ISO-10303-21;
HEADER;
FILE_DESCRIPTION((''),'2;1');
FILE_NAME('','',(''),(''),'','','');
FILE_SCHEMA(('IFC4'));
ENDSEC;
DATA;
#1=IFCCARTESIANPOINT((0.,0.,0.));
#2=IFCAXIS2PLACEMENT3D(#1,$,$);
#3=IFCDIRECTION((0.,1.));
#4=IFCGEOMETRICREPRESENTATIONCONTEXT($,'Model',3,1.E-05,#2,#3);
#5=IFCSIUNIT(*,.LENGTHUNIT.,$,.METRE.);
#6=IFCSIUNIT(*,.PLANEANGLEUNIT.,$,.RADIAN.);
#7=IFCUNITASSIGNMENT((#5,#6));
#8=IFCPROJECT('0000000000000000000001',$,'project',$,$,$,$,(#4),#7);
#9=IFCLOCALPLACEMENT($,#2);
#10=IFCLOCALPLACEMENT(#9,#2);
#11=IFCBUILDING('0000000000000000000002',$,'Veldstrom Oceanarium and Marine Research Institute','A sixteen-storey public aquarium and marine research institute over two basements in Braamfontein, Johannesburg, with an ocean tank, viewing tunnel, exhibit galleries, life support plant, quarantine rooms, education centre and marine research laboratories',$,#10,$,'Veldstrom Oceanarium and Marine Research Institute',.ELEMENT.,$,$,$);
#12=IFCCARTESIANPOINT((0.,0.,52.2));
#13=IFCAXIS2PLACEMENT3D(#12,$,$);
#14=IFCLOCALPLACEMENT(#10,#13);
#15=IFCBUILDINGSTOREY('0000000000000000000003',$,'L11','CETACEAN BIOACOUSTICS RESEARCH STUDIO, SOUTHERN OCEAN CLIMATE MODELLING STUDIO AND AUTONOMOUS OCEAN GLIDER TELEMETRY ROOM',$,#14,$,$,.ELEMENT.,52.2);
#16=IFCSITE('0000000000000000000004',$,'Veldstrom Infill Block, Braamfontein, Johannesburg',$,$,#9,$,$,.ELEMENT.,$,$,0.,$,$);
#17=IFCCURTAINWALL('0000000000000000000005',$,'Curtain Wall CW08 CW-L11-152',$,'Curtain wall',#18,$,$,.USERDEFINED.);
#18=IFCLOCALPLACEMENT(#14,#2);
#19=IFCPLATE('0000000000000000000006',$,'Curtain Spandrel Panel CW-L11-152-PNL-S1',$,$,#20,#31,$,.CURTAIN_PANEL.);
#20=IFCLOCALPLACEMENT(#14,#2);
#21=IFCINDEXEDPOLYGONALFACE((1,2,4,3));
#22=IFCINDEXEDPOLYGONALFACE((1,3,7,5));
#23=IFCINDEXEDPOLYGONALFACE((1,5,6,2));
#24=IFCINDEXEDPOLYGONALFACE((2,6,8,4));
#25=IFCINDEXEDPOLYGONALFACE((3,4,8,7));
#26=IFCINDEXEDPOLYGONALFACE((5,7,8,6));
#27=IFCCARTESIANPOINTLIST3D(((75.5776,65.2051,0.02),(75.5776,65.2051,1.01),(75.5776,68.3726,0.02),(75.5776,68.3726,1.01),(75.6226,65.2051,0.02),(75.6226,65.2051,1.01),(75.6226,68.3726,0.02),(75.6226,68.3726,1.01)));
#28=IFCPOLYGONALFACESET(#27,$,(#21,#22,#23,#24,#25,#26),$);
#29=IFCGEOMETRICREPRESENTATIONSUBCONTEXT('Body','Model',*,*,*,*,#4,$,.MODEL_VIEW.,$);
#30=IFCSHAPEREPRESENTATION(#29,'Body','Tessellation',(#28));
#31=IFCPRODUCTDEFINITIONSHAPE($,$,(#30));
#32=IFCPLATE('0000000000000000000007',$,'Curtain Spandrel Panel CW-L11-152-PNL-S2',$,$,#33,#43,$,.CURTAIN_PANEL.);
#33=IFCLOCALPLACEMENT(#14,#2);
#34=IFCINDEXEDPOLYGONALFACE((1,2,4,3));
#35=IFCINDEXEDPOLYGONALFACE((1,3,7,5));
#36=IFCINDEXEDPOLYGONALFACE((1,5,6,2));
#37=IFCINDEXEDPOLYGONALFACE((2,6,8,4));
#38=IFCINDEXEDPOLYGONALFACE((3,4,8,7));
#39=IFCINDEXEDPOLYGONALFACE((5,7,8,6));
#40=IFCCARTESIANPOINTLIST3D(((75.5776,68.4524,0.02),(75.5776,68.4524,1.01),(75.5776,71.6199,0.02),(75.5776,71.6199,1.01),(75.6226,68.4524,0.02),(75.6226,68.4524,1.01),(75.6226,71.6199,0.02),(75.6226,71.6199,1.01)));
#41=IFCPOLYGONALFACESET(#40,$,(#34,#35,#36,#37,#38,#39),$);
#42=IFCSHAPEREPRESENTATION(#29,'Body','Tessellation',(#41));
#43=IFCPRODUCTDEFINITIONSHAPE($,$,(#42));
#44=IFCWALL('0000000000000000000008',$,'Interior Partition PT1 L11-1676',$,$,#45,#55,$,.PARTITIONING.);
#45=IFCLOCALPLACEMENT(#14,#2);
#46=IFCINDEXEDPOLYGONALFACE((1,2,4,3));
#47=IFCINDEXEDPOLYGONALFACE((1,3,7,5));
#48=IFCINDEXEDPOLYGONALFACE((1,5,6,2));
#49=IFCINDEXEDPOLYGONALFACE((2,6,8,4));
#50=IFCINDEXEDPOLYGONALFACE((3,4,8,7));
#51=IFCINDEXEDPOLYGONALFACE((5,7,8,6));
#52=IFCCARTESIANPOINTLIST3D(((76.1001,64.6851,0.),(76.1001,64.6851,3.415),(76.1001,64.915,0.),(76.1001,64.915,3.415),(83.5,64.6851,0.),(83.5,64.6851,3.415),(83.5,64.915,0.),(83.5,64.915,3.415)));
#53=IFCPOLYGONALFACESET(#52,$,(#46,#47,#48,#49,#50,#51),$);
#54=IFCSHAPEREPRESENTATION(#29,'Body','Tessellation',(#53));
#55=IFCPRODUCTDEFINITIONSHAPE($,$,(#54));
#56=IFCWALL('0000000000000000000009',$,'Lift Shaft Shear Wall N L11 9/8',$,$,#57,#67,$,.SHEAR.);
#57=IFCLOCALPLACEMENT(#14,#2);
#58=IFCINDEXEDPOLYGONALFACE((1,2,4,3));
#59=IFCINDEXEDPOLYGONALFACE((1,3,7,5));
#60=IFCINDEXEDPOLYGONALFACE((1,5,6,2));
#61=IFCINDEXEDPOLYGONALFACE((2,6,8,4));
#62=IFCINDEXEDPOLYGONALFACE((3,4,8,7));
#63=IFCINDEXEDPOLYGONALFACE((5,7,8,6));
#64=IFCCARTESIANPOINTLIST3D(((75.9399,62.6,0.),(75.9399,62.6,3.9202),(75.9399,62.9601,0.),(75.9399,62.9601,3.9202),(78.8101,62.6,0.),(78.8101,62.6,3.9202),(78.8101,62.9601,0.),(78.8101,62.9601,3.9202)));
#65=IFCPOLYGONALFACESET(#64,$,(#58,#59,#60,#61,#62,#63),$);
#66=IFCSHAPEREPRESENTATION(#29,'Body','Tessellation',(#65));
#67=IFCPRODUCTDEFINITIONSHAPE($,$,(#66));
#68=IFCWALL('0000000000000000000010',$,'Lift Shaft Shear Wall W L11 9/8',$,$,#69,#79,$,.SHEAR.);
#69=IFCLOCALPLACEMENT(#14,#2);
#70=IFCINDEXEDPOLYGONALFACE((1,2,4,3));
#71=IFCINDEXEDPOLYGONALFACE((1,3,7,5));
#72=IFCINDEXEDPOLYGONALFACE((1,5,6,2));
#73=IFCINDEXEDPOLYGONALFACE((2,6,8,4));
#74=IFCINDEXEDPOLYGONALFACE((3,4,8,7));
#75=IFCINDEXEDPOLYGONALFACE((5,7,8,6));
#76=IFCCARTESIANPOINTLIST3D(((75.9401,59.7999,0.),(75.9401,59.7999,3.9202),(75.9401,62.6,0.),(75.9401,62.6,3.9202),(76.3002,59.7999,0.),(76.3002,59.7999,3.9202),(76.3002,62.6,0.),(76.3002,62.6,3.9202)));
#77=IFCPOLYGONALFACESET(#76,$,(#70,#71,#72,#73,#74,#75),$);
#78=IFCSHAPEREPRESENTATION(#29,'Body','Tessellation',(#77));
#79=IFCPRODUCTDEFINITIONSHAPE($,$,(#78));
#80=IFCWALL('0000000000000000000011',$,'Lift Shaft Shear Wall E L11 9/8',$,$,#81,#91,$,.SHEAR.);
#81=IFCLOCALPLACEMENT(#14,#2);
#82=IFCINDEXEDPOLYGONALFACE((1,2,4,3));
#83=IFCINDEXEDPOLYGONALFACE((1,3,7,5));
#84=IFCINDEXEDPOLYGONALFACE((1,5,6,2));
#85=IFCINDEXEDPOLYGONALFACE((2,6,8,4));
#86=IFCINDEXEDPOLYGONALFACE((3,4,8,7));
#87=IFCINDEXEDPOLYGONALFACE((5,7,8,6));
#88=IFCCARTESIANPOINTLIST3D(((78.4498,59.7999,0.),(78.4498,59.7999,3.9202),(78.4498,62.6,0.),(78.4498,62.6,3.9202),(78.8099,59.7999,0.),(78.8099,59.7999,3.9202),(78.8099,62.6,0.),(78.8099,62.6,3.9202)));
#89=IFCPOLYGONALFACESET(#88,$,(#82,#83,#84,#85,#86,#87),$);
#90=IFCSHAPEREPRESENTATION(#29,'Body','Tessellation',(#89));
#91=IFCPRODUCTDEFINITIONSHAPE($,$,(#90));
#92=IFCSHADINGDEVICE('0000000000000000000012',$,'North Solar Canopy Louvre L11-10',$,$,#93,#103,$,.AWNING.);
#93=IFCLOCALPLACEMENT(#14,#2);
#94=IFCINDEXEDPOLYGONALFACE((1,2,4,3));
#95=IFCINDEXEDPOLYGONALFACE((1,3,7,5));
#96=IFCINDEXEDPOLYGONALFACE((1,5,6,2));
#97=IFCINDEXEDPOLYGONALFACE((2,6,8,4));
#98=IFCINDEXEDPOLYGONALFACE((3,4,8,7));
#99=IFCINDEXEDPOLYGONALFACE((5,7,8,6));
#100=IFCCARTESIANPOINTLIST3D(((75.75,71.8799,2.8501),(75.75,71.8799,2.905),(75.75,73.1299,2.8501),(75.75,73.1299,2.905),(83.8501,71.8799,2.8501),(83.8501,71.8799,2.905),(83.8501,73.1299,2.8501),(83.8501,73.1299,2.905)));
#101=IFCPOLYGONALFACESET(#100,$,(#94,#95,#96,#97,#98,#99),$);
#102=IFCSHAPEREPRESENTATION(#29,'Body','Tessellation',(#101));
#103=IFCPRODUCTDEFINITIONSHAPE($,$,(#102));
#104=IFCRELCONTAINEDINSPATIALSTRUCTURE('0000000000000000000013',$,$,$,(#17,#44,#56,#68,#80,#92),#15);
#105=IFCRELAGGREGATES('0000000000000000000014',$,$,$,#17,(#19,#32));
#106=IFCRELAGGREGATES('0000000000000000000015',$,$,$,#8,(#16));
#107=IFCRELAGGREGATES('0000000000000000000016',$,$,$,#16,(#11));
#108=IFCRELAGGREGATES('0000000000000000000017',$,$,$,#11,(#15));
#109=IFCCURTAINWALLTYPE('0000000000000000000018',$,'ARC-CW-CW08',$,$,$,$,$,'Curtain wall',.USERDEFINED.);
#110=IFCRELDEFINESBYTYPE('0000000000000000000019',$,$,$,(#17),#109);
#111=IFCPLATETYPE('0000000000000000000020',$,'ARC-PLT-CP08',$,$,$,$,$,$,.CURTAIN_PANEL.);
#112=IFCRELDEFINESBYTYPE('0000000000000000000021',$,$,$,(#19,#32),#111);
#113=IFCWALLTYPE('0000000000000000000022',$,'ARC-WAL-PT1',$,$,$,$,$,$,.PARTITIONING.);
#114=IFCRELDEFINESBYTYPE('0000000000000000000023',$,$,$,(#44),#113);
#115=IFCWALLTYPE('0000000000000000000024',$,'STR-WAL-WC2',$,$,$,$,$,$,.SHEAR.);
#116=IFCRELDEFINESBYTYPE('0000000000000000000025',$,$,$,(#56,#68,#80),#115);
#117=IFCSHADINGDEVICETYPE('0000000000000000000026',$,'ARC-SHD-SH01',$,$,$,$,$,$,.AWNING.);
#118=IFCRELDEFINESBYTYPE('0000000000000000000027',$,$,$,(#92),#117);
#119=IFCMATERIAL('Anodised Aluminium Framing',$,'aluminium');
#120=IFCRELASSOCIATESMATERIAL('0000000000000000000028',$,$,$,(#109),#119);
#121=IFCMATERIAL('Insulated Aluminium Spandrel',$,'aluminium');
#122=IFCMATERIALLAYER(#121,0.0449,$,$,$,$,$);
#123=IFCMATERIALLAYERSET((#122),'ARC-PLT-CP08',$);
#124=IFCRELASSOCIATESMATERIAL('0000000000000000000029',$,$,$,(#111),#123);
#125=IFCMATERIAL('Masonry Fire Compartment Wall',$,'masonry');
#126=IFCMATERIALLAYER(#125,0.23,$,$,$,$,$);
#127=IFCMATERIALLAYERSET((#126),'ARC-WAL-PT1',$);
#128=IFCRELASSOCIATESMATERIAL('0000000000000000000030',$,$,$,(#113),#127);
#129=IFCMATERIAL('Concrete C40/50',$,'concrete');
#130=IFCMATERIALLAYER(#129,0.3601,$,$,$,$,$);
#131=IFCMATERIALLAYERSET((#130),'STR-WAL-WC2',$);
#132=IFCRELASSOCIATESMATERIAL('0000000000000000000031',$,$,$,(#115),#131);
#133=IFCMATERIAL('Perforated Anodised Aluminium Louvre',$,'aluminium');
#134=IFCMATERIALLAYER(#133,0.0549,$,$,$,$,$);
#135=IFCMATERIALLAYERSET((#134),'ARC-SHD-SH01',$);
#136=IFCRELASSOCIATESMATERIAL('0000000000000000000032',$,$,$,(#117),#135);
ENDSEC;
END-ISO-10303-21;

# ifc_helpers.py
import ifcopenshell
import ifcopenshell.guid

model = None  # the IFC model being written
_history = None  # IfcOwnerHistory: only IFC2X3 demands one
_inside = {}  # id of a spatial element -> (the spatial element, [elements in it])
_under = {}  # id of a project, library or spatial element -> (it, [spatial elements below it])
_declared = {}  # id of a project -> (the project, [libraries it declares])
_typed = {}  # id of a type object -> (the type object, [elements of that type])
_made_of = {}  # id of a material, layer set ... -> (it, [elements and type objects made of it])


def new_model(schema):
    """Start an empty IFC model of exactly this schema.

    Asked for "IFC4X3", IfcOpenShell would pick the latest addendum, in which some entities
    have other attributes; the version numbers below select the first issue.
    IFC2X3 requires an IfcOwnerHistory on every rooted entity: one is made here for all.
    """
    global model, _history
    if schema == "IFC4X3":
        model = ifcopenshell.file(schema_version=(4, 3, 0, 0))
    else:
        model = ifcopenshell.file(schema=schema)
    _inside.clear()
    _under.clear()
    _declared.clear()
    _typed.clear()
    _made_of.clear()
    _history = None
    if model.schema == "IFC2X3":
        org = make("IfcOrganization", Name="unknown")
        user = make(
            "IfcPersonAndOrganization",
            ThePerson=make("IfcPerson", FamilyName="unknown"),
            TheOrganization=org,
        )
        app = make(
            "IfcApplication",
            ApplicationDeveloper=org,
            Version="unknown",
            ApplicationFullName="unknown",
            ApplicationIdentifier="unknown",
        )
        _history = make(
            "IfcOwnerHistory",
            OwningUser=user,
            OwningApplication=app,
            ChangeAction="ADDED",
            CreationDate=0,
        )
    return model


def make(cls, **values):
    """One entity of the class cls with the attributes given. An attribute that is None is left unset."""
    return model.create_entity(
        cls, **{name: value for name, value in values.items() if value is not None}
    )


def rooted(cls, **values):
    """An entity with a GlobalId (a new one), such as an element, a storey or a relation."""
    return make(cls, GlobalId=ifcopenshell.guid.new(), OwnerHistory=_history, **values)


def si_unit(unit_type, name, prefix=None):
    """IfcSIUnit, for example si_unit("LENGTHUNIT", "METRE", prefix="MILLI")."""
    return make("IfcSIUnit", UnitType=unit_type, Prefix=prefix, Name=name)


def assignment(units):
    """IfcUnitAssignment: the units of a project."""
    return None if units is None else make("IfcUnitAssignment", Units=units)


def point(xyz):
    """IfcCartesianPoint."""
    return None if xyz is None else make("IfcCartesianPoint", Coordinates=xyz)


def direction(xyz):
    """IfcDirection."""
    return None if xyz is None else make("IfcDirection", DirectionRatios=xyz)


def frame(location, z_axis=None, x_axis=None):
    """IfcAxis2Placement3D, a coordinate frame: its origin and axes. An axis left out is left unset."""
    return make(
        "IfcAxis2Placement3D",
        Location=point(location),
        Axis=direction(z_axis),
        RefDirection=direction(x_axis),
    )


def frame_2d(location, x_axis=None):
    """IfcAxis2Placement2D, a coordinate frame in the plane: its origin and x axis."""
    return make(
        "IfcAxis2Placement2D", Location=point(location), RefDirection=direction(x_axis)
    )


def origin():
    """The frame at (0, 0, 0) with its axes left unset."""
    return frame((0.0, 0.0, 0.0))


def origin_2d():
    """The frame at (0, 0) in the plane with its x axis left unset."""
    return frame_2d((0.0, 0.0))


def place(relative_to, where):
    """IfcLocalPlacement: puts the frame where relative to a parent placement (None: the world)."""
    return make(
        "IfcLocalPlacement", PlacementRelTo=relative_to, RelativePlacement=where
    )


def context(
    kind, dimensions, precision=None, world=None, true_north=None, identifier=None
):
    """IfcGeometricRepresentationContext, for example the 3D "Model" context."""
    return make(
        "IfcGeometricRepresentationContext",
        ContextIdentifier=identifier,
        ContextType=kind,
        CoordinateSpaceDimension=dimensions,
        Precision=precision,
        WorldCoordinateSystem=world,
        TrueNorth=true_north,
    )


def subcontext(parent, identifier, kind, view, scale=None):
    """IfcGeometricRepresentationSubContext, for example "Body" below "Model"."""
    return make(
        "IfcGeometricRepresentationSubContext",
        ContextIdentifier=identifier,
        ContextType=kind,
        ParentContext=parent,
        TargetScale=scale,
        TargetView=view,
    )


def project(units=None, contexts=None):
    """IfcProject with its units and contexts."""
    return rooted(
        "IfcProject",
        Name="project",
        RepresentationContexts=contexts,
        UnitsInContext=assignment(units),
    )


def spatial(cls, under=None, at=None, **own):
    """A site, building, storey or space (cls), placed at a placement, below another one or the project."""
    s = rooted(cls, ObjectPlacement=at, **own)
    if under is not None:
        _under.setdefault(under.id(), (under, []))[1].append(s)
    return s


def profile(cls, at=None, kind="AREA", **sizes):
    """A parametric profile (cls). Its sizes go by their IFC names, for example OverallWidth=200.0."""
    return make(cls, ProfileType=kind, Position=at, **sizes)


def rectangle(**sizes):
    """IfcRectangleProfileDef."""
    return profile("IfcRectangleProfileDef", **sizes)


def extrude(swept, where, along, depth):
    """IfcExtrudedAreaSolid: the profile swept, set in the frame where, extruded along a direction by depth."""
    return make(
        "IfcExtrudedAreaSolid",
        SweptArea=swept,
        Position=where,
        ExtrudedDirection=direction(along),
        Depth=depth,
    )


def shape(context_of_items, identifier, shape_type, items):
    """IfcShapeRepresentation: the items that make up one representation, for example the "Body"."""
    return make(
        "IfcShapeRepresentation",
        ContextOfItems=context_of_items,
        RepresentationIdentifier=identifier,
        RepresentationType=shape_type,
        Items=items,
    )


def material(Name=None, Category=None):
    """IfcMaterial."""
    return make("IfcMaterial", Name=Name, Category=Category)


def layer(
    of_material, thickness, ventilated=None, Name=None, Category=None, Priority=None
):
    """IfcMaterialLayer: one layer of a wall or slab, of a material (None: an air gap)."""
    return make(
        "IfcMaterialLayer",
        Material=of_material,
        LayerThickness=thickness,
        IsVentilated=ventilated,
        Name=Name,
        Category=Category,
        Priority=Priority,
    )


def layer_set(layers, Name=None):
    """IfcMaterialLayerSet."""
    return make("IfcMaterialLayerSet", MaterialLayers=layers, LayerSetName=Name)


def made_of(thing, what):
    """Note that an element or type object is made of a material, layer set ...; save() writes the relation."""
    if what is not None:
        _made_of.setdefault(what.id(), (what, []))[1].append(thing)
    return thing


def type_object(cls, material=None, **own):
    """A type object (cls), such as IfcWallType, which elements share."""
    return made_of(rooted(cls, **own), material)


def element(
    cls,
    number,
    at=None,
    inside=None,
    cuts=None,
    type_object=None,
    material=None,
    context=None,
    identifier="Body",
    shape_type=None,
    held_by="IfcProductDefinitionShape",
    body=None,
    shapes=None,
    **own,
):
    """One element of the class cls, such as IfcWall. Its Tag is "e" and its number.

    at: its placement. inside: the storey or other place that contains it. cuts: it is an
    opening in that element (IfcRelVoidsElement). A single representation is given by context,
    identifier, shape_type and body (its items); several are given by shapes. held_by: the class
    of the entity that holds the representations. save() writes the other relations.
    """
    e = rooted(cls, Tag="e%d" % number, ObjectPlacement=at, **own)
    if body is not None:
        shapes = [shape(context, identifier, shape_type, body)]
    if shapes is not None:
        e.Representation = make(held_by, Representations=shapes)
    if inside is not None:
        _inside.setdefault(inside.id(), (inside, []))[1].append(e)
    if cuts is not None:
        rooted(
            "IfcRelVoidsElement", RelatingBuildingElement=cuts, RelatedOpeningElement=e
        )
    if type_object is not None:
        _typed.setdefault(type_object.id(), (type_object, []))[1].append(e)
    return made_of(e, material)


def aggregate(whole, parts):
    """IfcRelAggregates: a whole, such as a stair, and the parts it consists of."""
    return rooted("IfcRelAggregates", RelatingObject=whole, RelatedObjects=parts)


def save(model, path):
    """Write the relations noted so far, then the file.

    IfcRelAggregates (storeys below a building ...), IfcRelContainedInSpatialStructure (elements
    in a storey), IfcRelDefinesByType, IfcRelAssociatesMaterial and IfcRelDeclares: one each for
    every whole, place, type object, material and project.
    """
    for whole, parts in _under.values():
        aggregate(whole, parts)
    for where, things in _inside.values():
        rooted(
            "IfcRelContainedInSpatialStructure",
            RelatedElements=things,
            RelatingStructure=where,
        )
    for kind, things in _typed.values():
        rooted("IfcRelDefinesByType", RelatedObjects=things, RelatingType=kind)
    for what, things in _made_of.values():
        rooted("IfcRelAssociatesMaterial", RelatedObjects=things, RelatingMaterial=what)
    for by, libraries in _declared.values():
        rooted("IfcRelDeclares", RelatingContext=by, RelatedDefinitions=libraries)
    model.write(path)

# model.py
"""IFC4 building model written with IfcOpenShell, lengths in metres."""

from ifc_helpers import new_model, si_unit, direction, frame, frame_2d, origin, origin_2d, place, context, subcontext, project, spatial, rectangle, extrude, material, layer, layer_set, type_object, element, aggregate, save


model = new_model("IFC4")

# Units and contexts
model_context = context("Model", 3, precision=1e-05, world=origin(), true_north=direction((0.0, 1.0)))
body_context = subcontext(model_context, "Body", "Model", "MODEL_VIEW")
ifc_project = project(units=[si_unit("LENGTHUNIT", "METRE"), si_unit("PLANEANGLEUNIT", "RADIAN")], contexts=[model_context])

# Site, building, storey
site_placement = place(None, origin())
site = spatial("IfcSite", under=ifc_project, at=site_placement, Name="Veldstrom Infill Block, Braamfontein, Johannesburg", CompositionType="ELEMENT", RefElevation=0.0)
building_placement = place(site_placement, origin())
building = spatial("IfcBuilding", under=site, at=building_placement, Name="Veldstrom Oceanarium and Marine Research Institute", Description="A sixteen-storey public aquarium and marine research institute over two basements in Braamfontein, Johannesburg, with an ocean tank, viewing tunnel, exhibit galleries, life support plant, quarantine rooms, education centre and marine research laboratories", LongName="Veldstrom Oceanarium and Marine Research Institute", CompositionType="ELEMENT")
storey_placement = place(building_placement, frame((0.0, 0.0, 52.2)))
storey = spatial("IfcBuildingStorey", under=building, at=storey_placement, Name="L11", Description="CETACEAN BIOACOUSTICS RESEARCH STUDIO, SOUTHERN OCEAN CLIMATE MODELLING STUDIO AND AUTONOMOUS OCEAN GLIDER TELEMETRY ROOM", CompositionType="ELEMENT", Elevation=52.2)

# Curtain wall, plates
ifc_material_1 = material(Name="Anodised Aluminium Framing", Category="aluminium")
curtain_wall_type_1 = type_object("IfcCurtainWallType", Name="ARC-CW-CW08", ElementType="Curtain wall", PredefinedType="USERDEFINED", material=ifc_material_1)
curtain_wall_1_placement = place(storey_placement, origin())
curtain_wall_1 = element("IfcCurtainWall", 1, at=curtain_wall_1_placement, inside=storey, type_object=curtain_wall_type_1, Name="Curtain Wall CW08 CW-L11-152", ObjectType="Curtain wall", PredefinedType="USERDEFINED")
ifc_material_2 = material(Name="Insulated Aluminium Spandrel", Category="aluminium")
ifc_layer_1 = layer(ifc_material_2, 0.0449)
ifc_layer_set_1 = layer_set([ifc_layer_1], Name="ARC-PLT-CP08")
plate_type_1 = type_object("IfcPlateType", Name="ARC-PLT-CP08", PredefinedType="CURTAIN_PANEL", material=ifc_layer_set_1)
plate_1_placement = place(storey_placement, frame((75.6001, 66.7888, 0.02), z_axis=(0.0, 0.0, 1.0), x_axis=(0.0, 1.0, 0.0)))
plate_1 = element("IfcPlate", 2, at=plate_1_placement, type_object=plate_type_1, Name="Curtain Spandrel Panel CW-L11-152-PNL-S1", PredefinedType="CURTAIN_PANEL", context=body_context, shape_type="SweptSolid", body=[
    extrude(rectangle(XDim=3.1675, YDim=0.0449, at=origin_2d()), origin(), (0.0, 0.0, 1.0), 0.99),
])
plate_2_placement = place(storey_placement, frame((75.6001, 70.0361, 0.02), z_axis=(0.0, 0.0, 1.0), x_axis=(0.0, 1.0, 0.0)))
plate_2 = element("IfcPlate", 3, at=plate_2_placement, type_object=plate_type_1, Name="Curtain Spandrel Panel CW-L11-152-PNL-S2", PredefinedType="CURTAIN_PANEL", context=body_context, shape_type="SweptSolid", body=[
    extrude(rectangle(XDim=3.1675, YDim=0.0449, at=origin_2d()), origin(), (0.0, 0.0, 1.0), 0.99),
])
aggregate(curtain_wall_1, [plate_1, plate_2])

# Walls
ifc_material_3 = material(Name="Masonry Fire Compartment Wall", Category="masonry")
ifc_layer_2 = layer(ifc_material_3, 0.23)
ifc_layer_set_2 = layer_set([ifc_layer_2], Name="ARC-WAL-PT1")
wall_type_1 = type_object("IfcWallType", Name="ARC-WAL-PT1", PredefinedType="PARTITIONING", material=ifc_layer_set_2)
wall_1_placement = place(storey_placement, frame((76.1001, 64.8, 0.0), z_axis=(0.0, 0.0, 1.0), x_axis=(1.0, 0.0, 0.0)))
element("IfcWall", 4, at=wall_1_placement, inside=storey, type_object=wall_type_1, Name="Interior Partition PT1 L11-1676", PredefinedType="PARTITIONING", context=body_context, shape_type="SweptSolid", body=[
    extrude(rectangle(XDim=7.3999, YDim=0.23, at=frame_2d((3.7, 0.0))), origin(), (0.0, 0.0, 1.0), 3.415),
])
ifc_material_4 = material(Name="Concrete C40/50", Category="concrete")
ifc_layer_3 = layer(ifc_material_4, 0.3601)
ifc_layer_set_3 = layer_set([ifc_layer_3], Name="STR-WAL-WC2")
wall_type_2 = type_object("IfcWallType", Name="STR-WAL-WC2", PredefinedType="SHEAR", material=ifc_layer_set_3)
wall_2_placement = place(storey_placement, frame((75.9399, 62.78, 0.0), z_axis=(0.0, 0.0, 1.0), x_axis=(1.0, 0.0, 0.0)))
element("IfcWall", 5, at=wall_2_placement, inside=storey, type_object=wall_type_2, Name="Lift Shaft Shear Wall N L11 9/8", PredefinedType="SHEAR", context=body_context, shape_type="SweptSolid", body=[
    extrude(rectangle(XDim=2.8701, YDim=0.3601, at=frame_2d((1.4351, 0.0))), origin(), (0.0, 0.0, 1.0), 3.9202),
])
for number, where, z_axis, x_axis, name in (
    (6, (76.1201, 59.8, 0.0), (0.0, 0.0, 1.0), (0.0, 1.0, 0.0), "Lift Shaft Shear Wall W L11 9/8"),
    (7, (78.6299, 59.8, 0.0), (0.0, 0.0, 1.0), (0.0, 1.0, 0.0), "Lift Shaft Shear Wall E L11 9/8"),
):
    element("IfcWall", number, at=place(storey_placement, frame(where, z_axis=z_axis, x_axis=x_axis)), inside=storey, type_object=wall_type_2, Name=name, PredefinedType="SHEAR", context=body_context, shape_type="SweptSolid", body=[
        extrude(rectangle(XDim=2.8, YDim=0.3601, at=frame_2d((1.3999, 0.0))), origin(), (0.0, 0.0, 1.0), 3.9202),
    ])

# Shading device
ifc_material_5 = material(Name="Perforated Anodised Aluminium Louvre", Category="aluminium")
ifc_layer_4 = layer(ifc_material_5, 0.0549)
ifc_layer_set_4 = layer_set([ifc_layer_4], Name="ARC-SHD-SH01")
shading_device_type = type_object("IfcShadingDeviceType", Name="ARC-SHD-SH01", PredefinedType="AWNING", material=ifc_layer_set_4)
shading_device_placement = place(storey_placement, frame((79.8, 72.5049, 2.8501), z_axis=(0.0, 0.0, 1.0), x_axis=(1.0, 0.0, 0.0)))
element("IfcShadingDevice", 8, at=shading_device_placement, inside=storey, type_object=shading_device_type, Name="North Solar Canopy Louvre L11-10", PredefinedType="AWNING", context=body_context, shape_type="SweptSolid", body=[
    extrude(rectangle(XDim=8.1001, YDim=1.25, at=origin_2d()), origin(), (0.0, 0.0, 1.0), 0.0549),
])

save(model, "model.ifc")
